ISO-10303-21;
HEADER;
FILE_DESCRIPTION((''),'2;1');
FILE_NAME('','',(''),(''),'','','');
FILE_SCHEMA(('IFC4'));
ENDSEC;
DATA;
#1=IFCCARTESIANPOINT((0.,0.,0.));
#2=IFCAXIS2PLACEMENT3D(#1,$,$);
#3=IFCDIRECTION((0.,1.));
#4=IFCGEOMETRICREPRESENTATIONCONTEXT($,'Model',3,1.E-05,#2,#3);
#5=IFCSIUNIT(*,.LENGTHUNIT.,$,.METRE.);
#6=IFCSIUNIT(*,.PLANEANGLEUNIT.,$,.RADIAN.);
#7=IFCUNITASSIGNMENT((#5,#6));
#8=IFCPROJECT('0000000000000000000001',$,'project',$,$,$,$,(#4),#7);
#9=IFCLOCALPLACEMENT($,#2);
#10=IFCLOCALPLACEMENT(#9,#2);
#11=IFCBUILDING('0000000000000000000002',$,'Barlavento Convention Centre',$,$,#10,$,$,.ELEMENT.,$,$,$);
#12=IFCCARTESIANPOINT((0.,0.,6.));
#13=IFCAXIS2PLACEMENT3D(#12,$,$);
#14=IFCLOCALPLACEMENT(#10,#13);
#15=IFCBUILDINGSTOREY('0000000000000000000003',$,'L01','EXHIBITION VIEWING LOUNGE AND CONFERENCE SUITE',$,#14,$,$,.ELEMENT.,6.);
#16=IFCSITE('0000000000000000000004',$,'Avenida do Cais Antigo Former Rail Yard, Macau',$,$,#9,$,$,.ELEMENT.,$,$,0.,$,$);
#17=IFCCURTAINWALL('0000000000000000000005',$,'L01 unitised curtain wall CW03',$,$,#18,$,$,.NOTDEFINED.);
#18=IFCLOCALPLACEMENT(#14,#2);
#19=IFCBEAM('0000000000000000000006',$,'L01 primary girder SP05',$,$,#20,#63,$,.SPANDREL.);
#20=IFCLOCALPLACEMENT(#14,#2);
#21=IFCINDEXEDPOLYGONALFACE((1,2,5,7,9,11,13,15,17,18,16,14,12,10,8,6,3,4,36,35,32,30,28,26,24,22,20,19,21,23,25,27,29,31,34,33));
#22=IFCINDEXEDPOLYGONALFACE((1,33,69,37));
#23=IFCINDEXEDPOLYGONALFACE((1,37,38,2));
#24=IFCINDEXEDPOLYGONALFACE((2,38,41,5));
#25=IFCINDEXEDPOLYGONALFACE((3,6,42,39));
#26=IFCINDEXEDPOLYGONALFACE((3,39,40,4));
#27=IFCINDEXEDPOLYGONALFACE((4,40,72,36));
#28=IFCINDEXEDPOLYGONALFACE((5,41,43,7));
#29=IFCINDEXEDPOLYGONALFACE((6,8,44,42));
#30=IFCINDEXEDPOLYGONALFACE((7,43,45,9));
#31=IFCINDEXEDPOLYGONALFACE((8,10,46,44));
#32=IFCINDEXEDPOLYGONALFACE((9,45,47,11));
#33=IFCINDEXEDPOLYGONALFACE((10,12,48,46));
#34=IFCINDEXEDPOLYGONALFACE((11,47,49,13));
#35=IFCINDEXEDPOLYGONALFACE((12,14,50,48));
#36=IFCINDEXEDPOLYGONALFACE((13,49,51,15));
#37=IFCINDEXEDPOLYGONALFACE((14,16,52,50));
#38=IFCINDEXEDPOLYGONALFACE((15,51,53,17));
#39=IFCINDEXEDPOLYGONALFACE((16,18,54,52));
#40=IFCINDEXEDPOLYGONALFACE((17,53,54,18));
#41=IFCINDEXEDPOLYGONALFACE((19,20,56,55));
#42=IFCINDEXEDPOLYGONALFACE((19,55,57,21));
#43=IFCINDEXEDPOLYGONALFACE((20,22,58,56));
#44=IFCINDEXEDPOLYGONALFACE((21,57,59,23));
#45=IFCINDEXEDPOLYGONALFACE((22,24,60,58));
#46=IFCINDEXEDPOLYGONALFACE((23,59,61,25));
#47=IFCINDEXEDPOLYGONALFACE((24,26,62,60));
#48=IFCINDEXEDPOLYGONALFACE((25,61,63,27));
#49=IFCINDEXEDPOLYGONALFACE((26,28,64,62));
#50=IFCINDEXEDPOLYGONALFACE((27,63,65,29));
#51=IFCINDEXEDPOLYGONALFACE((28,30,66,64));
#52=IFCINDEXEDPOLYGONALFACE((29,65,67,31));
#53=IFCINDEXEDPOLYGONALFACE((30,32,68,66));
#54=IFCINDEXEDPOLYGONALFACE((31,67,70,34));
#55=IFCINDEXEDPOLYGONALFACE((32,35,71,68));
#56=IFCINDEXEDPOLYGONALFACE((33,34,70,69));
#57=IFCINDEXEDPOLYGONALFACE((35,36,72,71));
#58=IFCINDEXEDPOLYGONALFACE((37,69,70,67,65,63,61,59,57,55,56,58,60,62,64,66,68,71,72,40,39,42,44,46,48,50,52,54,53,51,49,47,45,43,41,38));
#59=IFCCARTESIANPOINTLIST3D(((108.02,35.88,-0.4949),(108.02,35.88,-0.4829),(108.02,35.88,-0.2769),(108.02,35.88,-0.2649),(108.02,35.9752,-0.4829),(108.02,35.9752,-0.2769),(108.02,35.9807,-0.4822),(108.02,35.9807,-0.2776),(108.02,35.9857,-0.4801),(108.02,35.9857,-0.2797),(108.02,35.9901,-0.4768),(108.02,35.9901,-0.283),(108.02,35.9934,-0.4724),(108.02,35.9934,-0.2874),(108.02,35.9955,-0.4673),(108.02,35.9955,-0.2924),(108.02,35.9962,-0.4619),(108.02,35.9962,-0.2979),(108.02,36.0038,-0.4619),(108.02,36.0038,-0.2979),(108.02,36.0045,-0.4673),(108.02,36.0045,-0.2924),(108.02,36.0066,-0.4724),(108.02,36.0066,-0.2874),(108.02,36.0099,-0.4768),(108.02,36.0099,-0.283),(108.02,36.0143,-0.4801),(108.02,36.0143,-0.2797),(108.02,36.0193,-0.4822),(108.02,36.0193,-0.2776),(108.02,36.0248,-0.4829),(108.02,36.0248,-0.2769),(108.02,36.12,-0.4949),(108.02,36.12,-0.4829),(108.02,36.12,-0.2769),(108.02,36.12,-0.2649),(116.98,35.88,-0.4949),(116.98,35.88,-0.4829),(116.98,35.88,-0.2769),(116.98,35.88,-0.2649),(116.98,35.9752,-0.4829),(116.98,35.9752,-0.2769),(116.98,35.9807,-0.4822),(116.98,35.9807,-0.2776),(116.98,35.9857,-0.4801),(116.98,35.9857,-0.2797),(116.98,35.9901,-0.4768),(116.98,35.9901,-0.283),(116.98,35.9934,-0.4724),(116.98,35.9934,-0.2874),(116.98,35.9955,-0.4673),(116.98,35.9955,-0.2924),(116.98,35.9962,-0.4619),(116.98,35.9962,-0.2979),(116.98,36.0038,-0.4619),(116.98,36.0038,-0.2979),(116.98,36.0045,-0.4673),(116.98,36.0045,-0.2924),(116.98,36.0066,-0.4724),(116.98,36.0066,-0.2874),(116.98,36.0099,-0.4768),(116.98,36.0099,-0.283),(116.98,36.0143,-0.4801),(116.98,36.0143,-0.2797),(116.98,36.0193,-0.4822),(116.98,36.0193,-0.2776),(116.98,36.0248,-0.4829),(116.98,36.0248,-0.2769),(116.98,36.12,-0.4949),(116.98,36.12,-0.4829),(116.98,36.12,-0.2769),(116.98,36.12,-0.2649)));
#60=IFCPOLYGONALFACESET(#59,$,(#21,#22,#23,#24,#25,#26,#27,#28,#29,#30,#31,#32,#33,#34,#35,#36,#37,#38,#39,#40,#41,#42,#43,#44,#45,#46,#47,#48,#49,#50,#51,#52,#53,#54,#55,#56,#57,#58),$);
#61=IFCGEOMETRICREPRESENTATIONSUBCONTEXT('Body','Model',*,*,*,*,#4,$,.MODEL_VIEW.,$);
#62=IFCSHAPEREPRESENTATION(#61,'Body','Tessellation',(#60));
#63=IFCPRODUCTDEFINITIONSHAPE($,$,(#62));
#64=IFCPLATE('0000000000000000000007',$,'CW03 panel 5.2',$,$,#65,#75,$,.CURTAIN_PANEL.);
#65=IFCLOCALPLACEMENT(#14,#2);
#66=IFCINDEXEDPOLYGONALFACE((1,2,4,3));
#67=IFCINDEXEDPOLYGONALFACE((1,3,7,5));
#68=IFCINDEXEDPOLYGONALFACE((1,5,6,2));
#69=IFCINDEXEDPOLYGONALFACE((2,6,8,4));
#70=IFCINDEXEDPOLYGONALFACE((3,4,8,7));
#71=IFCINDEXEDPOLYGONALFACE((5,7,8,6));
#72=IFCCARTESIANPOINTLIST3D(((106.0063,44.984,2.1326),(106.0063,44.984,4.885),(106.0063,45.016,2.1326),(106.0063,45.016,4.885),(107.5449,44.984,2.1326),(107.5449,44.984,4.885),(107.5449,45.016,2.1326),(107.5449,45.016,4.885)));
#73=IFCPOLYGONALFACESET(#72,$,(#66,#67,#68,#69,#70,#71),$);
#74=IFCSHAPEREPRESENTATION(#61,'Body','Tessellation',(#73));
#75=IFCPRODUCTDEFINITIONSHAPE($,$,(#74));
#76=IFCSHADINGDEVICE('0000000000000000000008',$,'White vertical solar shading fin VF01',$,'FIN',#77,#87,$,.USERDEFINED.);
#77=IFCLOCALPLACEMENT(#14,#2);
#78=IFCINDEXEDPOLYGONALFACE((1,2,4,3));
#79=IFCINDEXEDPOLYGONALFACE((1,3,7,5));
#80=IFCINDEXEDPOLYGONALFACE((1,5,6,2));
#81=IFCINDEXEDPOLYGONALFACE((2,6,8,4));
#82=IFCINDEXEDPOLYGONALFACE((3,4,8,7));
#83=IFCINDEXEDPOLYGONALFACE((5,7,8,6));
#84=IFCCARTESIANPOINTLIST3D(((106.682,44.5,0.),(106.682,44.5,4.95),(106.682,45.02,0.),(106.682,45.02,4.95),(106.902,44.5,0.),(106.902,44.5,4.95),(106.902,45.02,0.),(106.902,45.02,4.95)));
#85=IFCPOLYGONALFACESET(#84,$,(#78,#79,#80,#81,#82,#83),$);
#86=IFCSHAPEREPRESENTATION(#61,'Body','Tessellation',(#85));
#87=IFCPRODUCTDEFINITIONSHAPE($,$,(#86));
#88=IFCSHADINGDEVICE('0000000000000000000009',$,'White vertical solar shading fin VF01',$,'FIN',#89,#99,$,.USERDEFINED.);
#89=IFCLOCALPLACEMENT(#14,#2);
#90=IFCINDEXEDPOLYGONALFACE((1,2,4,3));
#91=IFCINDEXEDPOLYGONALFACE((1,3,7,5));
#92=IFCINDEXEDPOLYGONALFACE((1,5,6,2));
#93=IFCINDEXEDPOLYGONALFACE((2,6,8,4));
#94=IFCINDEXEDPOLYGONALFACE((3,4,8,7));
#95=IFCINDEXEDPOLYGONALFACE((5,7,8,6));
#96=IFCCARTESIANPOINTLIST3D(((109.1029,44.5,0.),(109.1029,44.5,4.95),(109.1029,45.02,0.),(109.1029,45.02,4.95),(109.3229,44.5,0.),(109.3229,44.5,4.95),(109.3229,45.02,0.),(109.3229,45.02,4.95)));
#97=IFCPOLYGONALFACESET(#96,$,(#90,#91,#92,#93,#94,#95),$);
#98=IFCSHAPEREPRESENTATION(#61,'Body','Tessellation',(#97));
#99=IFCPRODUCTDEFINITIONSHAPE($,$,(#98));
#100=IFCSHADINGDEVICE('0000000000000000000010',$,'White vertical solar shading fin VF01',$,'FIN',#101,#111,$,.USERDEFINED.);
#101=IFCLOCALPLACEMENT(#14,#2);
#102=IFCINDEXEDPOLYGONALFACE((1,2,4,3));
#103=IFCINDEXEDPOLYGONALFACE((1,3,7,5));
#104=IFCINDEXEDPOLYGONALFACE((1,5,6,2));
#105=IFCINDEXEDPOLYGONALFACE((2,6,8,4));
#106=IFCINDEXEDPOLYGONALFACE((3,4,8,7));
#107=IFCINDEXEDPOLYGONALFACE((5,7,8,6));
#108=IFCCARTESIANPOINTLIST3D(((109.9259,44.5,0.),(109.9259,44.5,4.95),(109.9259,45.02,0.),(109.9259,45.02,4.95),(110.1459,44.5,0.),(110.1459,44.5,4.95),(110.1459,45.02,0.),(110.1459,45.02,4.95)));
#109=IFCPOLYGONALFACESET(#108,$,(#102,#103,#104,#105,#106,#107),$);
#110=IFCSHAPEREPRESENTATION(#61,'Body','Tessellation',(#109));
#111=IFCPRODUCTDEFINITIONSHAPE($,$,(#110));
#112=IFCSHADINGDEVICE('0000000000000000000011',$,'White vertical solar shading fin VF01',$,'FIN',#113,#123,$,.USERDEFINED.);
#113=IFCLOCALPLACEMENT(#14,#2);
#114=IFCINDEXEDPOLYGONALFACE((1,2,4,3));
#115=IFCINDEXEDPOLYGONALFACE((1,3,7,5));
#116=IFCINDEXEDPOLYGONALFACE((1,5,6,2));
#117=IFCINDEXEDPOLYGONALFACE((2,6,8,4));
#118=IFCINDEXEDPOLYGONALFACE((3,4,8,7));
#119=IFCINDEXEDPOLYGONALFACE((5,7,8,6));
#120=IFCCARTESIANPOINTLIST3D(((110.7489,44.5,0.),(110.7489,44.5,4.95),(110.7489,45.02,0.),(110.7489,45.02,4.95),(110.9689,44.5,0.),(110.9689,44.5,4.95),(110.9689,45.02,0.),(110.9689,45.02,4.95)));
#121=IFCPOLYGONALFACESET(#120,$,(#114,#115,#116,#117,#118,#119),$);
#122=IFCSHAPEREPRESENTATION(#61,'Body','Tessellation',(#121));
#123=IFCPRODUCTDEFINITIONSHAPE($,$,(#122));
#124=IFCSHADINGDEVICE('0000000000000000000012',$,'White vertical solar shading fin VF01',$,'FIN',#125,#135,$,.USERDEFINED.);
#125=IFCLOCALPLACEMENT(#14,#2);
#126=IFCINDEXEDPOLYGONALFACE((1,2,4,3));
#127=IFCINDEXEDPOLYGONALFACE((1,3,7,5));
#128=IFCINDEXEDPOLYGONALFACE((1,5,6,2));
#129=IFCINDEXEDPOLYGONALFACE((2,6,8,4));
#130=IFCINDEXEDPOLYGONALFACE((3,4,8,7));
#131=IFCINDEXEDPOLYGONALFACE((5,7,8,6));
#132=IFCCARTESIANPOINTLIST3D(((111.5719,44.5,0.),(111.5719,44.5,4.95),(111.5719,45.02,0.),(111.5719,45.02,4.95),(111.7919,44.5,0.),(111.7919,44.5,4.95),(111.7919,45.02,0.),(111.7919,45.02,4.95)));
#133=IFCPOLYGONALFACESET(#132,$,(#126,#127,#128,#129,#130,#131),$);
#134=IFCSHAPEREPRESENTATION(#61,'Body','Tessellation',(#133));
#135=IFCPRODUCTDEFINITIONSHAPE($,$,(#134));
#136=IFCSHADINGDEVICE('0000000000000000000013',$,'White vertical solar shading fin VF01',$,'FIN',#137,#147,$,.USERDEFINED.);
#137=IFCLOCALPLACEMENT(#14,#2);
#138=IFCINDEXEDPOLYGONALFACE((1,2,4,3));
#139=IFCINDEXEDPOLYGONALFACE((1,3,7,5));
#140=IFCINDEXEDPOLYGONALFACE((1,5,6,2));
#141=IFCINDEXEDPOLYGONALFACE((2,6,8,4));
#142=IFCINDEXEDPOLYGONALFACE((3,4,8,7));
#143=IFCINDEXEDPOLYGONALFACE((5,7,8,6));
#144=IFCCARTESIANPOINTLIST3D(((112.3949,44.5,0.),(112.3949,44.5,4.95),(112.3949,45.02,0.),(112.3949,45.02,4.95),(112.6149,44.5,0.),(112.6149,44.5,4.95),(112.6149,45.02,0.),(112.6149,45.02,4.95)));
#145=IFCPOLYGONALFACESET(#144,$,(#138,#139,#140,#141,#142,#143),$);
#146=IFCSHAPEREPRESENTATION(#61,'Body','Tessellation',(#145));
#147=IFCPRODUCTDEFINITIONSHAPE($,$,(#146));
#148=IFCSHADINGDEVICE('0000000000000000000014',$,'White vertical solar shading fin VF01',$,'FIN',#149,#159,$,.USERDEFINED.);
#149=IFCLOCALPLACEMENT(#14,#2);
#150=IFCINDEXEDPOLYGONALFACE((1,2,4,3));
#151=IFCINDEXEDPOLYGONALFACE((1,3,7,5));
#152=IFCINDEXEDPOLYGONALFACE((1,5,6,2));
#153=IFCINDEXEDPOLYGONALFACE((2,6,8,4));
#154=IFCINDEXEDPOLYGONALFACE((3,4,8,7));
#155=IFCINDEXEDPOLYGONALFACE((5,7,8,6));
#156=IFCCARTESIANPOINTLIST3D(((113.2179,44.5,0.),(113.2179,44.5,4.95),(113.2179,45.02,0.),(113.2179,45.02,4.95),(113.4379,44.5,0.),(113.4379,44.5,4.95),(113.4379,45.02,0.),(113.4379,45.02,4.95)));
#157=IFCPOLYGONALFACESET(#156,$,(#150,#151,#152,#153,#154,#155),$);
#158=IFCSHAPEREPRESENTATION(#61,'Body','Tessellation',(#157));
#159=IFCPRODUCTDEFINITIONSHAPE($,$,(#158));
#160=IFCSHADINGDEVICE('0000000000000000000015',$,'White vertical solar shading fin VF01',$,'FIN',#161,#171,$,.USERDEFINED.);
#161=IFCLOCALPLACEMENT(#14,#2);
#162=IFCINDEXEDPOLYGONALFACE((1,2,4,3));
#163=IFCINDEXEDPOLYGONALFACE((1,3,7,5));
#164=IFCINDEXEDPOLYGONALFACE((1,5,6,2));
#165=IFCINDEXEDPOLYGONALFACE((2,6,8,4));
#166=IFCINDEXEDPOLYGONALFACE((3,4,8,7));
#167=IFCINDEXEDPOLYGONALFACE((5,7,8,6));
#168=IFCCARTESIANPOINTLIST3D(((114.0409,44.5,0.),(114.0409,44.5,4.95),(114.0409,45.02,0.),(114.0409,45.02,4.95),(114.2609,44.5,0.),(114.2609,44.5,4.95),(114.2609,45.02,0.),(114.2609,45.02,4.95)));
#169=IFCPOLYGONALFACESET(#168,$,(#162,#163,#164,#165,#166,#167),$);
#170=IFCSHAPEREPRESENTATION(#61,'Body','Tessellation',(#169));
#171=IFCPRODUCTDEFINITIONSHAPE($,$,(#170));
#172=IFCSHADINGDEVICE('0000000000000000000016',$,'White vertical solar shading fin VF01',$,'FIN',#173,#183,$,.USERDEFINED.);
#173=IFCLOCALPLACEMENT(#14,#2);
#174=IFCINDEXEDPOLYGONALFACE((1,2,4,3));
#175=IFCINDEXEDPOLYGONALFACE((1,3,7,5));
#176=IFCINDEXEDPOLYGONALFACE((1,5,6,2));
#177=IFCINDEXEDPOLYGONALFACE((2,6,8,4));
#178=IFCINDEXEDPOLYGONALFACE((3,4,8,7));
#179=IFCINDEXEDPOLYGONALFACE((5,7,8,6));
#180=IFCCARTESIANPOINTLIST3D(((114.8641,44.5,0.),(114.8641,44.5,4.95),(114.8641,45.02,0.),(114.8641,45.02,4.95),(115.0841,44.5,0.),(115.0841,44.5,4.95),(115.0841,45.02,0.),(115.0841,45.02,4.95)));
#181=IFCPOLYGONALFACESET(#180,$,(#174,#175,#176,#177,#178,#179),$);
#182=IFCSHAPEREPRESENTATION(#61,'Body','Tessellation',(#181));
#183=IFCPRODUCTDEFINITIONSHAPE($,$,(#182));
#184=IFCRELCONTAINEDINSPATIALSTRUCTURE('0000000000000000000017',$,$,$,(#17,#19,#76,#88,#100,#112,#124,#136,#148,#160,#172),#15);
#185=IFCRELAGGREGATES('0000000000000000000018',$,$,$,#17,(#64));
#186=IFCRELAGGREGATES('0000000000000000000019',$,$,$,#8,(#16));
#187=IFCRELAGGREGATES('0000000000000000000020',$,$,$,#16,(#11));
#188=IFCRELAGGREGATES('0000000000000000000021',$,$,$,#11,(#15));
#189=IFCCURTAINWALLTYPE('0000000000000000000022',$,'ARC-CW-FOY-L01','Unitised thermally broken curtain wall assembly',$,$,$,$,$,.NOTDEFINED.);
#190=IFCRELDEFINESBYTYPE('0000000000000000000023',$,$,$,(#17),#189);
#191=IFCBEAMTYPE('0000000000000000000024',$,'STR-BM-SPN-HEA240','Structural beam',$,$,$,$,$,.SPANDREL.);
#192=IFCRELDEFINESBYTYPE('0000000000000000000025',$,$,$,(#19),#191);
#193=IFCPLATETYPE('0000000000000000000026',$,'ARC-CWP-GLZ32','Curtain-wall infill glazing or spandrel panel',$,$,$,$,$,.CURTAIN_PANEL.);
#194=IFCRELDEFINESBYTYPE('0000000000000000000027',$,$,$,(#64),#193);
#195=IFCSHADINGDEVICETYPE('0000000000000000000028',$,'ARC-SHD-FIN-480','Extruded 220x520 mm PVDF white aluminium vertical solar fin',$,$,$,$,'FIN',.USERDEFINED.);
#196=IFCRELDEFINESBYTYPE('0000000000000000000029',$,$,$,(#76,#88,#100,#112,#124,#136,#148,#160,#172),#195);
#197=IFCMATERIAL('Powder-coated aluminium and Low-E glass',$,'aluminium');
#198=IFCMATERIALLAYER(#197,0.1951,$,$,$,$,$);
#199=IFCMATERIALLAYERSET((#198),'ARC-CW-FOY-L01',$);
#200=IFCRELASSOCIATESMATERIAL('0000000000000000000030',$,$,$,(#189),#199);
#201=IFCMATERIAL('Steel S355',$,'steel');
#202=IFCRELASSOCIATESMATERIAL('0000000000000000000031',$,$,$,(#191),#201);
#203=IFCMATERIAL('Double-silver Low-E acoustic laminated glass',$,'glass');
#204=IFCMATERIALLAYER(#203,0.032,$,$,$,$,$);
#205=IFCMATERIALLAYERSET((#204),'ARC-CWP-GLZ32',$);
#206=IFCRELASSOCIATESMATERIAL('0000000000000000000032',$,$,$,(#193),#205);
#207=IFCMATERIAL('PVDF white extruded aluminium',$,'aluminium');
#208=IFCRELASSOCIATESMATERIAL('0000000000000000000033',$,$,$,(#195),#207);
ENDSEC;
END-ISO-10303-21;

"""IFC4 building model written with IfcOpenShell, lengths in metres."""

from ifc_helpers import new_model, si_unit, direction, frame, origin, origin_2d, place, context, subcontext, project, spatial, rectangle, i_section, extrude, material, layer, layer_set, material_profile, profile_set, type_object, element, aggregate, save


model = new_model("IFC4")

# Units and contexts
model_context = context("Model", 3, precision=1e-05, world=origin(), true_north=direction((0.0, 1.0)))
body_context = subcontext(model_context, "Body", "Model", "MODEL_VIEW")
ifc_project = project(units=[si_unit("LENGTHUNIT", "METRE"), si_unit("PLANEANGLEUNIT", "RADIAN")], contexts=[model_context])

# Site, building, storey
site_placement = place(None, origin())
site = spatial("IfcSite", under=ifc_project, at=site_placement, Name="Avenida do Cais Antigo Former Rail Yard, Macau", CompositionType="ELEMENT", RefElevation=0.0)
building_placement = place(site_placement, origin())
building = spatial("IfcBuilding", under=site, at=building_placement, Name="Barlavento Convention Centre", CompositionType="ELEMENT")
storey_placement = place(building_placement, frame((0.0, 0.0, 6.0)))
storey = spatial("IfcBuildingStorey", under=building, at=storey_placement, Name="L01", Description="EXHIBITION VIEWING LOUNGE AND CONFERENCE SUITE", CompositionType="ELEMENT", Elevation=6.0)

# Shared definitions
ifc_material_1 = material(Name="Steel S355", Category="steel")

# Curtain wall
ifc_material_2 = material(Name="Powder-coated aluminium and Low-E glass", Category="aluminium")
ifc_layer_1 = layer(ifc_material_2, 0.1951)
ifc_layer_set_1 = layer_set([ifc_layer_1], Name="ARC-CW-FOY-L01")
curtain_wall_type = type_object("IfcCurtainWallType", Name="ARC-CW-FOY-L01", Description="Unitised thermally broken curtain wall assembly", PredefinedType="NOTDEFINED", material=ifc_layer_set_1)
curtain_wall_1_placement = place(storey_placement, origin())
curtain_wall_1 = element("IfcCurtainWall", 1, at=curtain_wall_1_placement, inside=storey, type_object=curtain_wall_type, Name="L01 unitised curtain wall CW03", PredefinedType="NOTDEFINED")

# Beam
ifc_material_profile_1 = material_profile(ifc_material_1, i_section(OverallWidth=0.24, OverallDepth=0.23, WebThickness=0.0076, FlangeThickness=0.012, FilletRadius=0.021, at=origin_2d()), Name="HEA 240")
ifc_profile_set_1 = profile_set([ifc_material_profile_1], Name="Steel S355")
beam_type_1 = type_object("IfcBeamType", Name="STR-BM-SPN-HEA240", Description="Structural beam", PredefinedType="SPANDREL", material=ifc_profile_set_1)
beam_1_placement = place(storey_placement, frame((108.02, 36.0, -0.3799), z_axis=(1.0, 0.0, 0.0), x_axis=(0.0, 1.0, 0.0)))
element("IfcBeam", 2, at=beam_1_placement, inside=storey, type_object=beam_type_1, Name="L01 primary girder SP05", PredefinedType="SPANDREL", context=body_context, shape_type="SweptSolid", body=[
    extrude(i_section(OverallWidth=0.24, OverallDepth=0.23, WebThickness=0.0076, FlangeThickness=0.012, FilletRadius=0.021, at=origin_2d()), origin(), (0.0, 0.0, 1.0), 8.96),
])

# Plate
ifc_material_3 = material(Name="Double-silver Low-E acoustic laminated glass", Category="glass")
ifc_layer_2 = layer(ifc_material_3, 0.032)
ifc_layer_set_2 = layer_set([ifc_layer_2], Name="ARC-CWP-GLZ32")
plate_type = type_object("IfcPlateType", Name="ARC-CWP-GLZ32", Description="Curtain-wall infill glazing or spandrel panel", PredefinedType="CURTAIN_PANEL", material=ifc_layer_set_2)
plate_placement = place(storey_placement, frame((106.7756, 45.0, 2.1326), z_axis=(0.0, 0.0, 1.0), x_axis=(1.0, 0.0, 0.0)))
plate = element("IfcPlate", 3, at=plate_placement, type_object=plate_type, Name="CW03 panel 5.2", PredefinedType="CURTAIN_PANEL", context=body_context, shape_type="SweptSolid", body=[
    extrude(rectangle(XDim=1.5386, YDim=0.032, at=origin_2d()), origin(), (0.0, 0.0, 1.0), 2.7524),
])
aggregate(curtain_wall_1, [plate])

# Shading devices
ifc_material_4 = material(Name="PVDF white extruded aluminium", Category="aluminium")
shading_device_type = type_object("IfcShadingDeviceType", Name="ARC-SHD-FIN-480", Description="Extruded 220x520 mm PVDF white aluminium vertical solar fin", ElementType="FIN", PredefinedType="USERDEFINED", material=ifc_material_4)
for number, where, z_axis, x_axis, name in (
    (4, (106.792, 44.76, 0.0), (0.0, 0.0, 1.0), (1.0, 0.0, 0.0), "White vertical solar shading fin VF01"),
    (5, (109.2129, 44.76, 0.0), (0.0, 0.0, 1.0), (1.0, 0.0, 0.0), "White vertical solar shading fin VF01"),
    (6, (110.0359, 44.76, 0.0), (0.0, 0.0, 1.0), (1.0, 0.0, 0.0), "White vertical solar shading fin VF01"),
    (7, (110.8589, 44.76, 0.0), (0.0, 0.0, 1.0), (1.0, 0.0, 0.0), "White vertical solar shading fin VF01"),
    (8, (111.6819, 44.76, 0.0), (0.0, 0.0, 1.0), (1.0, 0.0, 0.0), "White vertical solar shading fin VF01"),
    (9, (112.5049, 44.76, 0.0), (0.0, 0.0, 1.0), (1.0, 0.0, 0.0), "White vertical solar shading fin VF01"),
    (10, (113.3279, 44.76, 0.0), (0.0, 0.0, 1.0), (1.0, 0.0, 0.0), "White vertical solar shading fin VF01"),
    (11, (114.1509, 44.76, 0.0), (0.0, 0.0, 1.0), (1.0, 0.0, 0.0), "White vertical solar shading fin VF01"),
    (12, (114.9741, 44.76, 0.0), (0.0, 0.0, 1.0), (1.0, 0.0, 0.0), "White vertical solar shading fin VF01"),
):
    element("IfcShadingDevice", number, at=place(storey_placement, frame(where, z_axis=z_axis, x_axis=x_axis)), inside=storey, type_object=shading_device_type, Name=name, ObjectType="FIN", PredefinedType="USERDEFINED", context=body_context, shape_type="SweptSolid", body=[
        extrude(rectangle(XDim=0.22, YDim=0.52, at=origin_2d()), origin(), (0.0, 0.0, 1.0), 4.95),
    ])

save(model, "model.ifc")
